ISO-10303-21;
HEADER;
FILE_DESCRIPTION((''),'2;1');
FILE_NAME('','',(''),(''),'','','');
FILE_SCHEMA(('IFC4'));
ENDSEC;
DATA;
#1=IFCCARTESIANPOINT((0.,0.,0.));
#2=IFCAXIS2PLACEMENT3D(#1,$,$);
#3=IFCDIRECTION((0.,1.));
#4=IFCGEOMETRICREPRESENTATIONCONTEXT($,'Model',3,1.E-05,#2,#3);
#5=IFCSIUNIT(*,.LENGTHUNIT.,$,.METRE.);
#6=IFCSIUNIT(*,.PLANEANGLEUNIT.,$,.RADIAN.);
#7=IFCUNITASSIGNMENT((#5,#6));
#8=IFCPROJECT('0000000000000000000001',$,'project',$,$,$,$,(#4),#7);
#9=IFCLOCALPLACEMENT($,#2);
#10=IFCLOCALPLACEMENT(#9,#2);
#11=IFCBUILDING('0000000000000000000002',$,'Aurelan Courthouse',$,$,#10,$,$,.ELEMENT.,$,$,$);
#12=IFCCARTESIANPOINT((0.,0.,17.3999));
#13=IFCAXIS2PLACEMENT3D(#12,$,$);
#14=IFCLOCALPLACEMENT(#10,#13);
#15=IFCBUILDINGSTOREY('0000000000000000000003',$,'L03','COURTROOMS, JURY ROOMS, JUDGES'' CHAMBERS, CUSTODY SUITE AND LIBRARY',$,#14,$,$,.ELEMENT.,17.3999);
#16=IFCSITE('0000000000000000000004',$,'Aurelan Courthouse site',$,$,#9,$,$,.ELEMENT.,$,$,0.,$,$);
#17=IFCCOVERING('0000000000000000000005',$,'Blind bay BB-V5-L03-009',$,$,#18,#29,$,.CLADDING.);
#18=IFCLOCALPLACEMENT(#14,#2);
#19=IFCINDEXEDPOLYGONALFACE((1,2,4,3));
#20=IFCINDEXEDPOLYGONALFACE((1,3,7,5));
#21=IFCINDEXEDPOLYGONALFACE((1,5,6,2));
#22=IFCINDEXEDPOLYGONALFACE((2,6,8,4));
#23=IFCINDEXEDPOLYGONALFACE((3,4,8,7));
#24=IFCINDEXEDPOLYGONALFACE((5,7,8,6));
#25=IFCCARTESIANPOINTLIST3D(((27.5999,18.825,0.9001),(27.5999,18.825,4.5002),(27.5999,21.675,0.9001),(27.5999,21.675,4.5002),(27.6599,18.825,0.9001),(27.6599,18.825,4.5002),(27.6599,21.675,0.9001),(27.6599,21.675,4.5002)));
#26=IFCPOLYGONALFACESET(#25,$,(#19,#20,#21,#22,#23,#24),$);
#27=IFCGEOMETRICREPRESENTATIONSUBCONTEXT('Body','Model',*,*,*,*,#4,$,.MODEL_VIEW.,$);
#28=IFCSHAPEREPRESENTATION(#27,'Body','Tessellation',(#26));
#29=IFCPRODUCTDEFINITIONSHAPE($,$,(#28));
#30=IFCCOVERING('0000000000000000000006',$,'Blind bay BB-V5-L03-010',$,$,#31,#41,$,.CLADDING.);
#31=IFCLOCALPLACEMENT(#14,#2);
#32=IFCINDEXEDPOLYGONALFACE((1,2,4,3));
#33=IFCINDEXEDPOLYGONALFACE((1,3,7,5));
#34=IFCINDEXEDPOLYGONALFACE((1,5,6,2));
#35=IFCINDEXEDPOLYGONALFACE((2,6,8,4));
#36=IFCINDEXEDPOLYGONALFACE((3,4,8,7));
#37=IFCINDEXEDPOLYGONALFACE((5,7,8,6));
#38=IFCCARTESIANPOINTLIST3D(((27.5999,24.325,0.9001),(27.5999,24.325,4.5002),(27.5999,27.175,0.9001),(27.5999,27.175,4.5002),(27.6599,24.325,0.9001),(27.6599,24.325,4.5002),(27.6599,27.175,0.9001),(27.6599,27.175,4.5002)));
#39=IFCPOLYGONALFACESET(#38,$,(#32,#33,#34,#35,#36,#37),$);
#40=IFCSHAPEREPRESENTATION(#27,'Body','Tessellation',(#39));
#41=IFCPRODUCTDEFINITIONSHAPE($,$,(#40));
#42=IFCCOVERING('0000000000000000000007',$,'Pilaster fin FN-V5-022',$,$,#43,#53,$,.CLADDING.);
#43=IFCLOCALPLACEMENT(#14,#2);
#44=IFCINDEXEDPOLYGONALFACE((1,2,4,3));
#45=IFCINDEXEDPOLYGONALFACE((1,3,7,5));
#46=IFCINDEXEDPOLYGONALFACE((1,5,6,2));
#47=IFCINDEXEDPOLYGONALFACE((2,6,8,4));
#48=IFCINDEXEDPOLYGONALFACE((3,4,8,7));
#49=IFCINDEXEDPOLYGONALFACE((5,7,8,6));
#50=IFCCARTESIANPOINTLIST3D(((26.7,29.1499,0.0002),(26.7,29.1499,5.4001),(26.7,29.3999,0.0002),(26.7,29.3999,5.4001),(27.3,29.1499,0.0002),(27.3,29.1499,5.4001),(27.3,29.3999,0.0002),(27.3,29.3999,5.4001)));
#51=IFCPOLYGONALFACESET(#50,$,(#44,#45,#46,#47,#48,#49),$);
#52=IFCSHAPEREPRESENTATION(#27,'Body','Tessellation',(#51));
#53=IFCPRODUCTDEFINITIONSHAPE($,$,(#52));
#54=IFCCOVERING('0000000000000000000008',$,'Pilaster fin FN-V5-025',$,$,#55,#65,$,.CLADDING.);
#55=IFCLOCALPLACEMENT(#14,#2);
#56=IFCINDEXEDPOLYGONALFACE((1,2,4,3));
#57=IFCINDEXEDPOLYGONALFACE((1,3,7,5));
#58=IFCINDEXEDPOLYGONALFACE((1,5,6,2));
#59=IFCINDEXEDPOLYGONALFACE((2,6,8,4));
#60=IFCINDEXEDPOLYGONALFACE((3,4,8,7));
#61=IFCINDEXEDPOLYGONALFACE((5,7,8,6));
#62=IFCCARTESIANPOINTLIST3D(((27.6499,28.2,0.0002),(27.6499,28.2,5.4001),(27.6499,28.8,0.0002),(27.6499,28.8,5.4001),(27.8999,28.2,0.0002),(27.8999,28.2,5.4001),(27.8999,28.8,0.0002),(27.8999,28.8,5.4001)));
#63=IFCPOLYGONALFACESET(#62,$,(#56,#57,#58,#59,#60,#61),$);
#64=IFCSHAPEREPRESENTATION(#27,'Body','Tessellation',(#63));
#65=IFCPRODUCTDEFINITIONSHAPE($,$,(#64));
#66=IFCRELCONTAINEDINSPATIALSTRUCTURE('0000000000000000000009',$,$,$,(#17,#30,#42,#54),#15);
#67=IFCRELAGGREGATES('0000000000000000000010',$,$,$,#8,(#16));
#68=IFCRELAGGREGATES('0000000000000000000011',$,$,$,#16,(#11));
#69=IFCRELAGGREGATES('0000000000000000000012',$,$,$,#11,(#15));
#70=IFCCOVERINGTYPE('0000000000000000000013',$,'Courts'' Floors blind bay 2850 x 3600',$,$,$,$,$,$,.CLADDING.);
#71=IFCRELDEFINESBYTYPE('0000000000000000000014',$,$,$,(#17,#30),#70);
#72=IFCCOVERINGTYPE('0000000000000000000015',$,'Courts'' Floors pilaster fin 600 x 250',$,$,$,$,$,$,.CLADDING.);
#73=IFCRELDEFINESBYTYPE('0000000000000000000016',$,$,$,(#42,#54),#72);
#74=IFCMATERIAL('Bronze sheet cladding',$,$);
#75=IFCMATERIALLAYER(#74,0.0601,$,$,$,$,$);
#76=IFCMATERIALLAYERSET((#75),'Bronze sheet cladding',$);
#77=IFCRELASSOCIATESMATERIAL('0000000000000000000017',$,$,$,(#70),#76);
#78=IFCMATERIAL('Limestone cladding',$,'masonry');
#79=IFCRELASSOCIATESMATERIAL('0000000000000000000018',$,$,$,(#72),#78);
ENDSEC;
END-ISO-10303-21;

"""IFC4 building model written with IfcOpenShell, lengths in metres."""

from ifc_helpers import new_model, si_unit, direction, frame, origin, origin_2d, place, context, subcontext, project, spatial, rectangle, extrude, material, layer, layer_set, type_object, element, save


model = new_model("IFC4")

# Units and contexts
model_context = context("Model", 3, precision=1e-05, world=origin(), true_north=direction((0.0, 1.0)))
body_context = subcontext(model_context, "Body", "Model", "MODEL_VIEW")
ifc_project = project(units=[si_unit("LENGTHUNIT", "METRE"), si_unit("PLANEANGLEUNIT", "RADIAN")], contexts=[model_context])

# Site, building, storey
site_placement = place(None, origin())
site = spatial("IfcSite", under=ifc_project, at=site_placement, Name="Aurelan Courthouse site", CompositionType="ELEMENT", RefElevation=0.0)
building_placement = place(site_placement, origin())
building = spatial("IfcBuilding", under=site, at=building_placement, Name="Aurelan Courthouse", CompositionType="ELEMENT")
storey_placement = place(building_placement, frame((0.0, 0.0, 17.3999)))
storey = spatial("IfcBuildingStorey", under=building, at=storey_placement, Name="L03", Description="COURTROOMS, JURY ROOMS, JUDGES' CHAMBERS, CUSTODY SUITE AND LIBRARY", CompositionType="ELEMENT", Elevation=17.3999)

# Shared definitions
ifc_material_1 = material(Name="Limestone cladding", Category="masonry")

# Coverings
ifc_material_2 = material(Name="Bronze sheet cladding")
ifc_layer_1 = layer(ifc_material_2, 0.0601)
ifc_layer_set_1 = layer_set([ifc_layer_1], Name="Bronze sheet cladding")
covering_type_1 = type_object("IfcCoveringType", Name="Courts' Floors blind bay 2850 x 3600", PredefinedType="CLADDING", material=ifc_layer_set_1)
for number, where, z_axis, x_axis, name in (
    (1, (27.6299, 20.25, 0.9001), (0.0, 0.0, 1.0), (1.0, 0.0, 0.0), "Blind bay BB-V5-L03-009"),
    (2, (27.6299, 25.75, 0.9001), (0.0, 0.0, 1.0), (1.0, 0.0, 0.0), "Blind bay BB-V5-L03-010"),
):
    element("IfcCovering", number, at=place(storey_placement, frame(where, z_axis=z_axis, x_axis=x_axis)), inside=storey, type_object=covering_type_1, Name=name, PredefinedType="CLADDING", context=body_context, shape_type="SweptSolid", body=[
        extrude(rectangle(XDim=0.0601, YDim=2.8501, at=origin_2d()), origin(), (0.0, 0.0, 1.0), 3.6001),
    ])
covering_type_2 = type_object("IfcCoveringType", Name="Courts' Floors pilaster fin 600 x 250", PredefinedType="CLADDING", material=ifc_material_1)
covering_1_placement = place(storey_placement, frame((27.0, 29.2749, 0.0002), z_axis=(0.0, 0.0, 1.0), x_axis=(1.0, 0.0, 0.0)))
element("IfcCovering", 3, at=covering_1_placement, inside=storey, type_object=covering_type_2, Name="Pilaster fin FN-V5-022", PredefinedType="CLADDING", context=body_context, shape_type="SweptSolid", body=[
    extrude(rectangle(XDim=0.6001, YDim=0.25, at=origin_2d()), origin(), (0.0, 0.0, 1.0), 5.3999),
])
covering_2_placement = place(storey_placement, frame((27.7749, 28.5, 0.0002), z_axis=(0.0, 0.0, 1.0), x_axis=(1.0, 0.0, 0.0)))
element("IfcCovering", 4, at=covering_2_placement, inside=storey, type_object=covering_type_2, Name="Pilaster fin FN-V5-025", PredefinedType="CLADDING", context=body_context, shape_type="SweptSolid", body=[
    extrude(rectangle(XDim=0.25, YDim=0.6001, at=origin_2d()), origin(), (0.0, 0.0, 1.0), 5.3999),
])

save(model, "model.ifc")
